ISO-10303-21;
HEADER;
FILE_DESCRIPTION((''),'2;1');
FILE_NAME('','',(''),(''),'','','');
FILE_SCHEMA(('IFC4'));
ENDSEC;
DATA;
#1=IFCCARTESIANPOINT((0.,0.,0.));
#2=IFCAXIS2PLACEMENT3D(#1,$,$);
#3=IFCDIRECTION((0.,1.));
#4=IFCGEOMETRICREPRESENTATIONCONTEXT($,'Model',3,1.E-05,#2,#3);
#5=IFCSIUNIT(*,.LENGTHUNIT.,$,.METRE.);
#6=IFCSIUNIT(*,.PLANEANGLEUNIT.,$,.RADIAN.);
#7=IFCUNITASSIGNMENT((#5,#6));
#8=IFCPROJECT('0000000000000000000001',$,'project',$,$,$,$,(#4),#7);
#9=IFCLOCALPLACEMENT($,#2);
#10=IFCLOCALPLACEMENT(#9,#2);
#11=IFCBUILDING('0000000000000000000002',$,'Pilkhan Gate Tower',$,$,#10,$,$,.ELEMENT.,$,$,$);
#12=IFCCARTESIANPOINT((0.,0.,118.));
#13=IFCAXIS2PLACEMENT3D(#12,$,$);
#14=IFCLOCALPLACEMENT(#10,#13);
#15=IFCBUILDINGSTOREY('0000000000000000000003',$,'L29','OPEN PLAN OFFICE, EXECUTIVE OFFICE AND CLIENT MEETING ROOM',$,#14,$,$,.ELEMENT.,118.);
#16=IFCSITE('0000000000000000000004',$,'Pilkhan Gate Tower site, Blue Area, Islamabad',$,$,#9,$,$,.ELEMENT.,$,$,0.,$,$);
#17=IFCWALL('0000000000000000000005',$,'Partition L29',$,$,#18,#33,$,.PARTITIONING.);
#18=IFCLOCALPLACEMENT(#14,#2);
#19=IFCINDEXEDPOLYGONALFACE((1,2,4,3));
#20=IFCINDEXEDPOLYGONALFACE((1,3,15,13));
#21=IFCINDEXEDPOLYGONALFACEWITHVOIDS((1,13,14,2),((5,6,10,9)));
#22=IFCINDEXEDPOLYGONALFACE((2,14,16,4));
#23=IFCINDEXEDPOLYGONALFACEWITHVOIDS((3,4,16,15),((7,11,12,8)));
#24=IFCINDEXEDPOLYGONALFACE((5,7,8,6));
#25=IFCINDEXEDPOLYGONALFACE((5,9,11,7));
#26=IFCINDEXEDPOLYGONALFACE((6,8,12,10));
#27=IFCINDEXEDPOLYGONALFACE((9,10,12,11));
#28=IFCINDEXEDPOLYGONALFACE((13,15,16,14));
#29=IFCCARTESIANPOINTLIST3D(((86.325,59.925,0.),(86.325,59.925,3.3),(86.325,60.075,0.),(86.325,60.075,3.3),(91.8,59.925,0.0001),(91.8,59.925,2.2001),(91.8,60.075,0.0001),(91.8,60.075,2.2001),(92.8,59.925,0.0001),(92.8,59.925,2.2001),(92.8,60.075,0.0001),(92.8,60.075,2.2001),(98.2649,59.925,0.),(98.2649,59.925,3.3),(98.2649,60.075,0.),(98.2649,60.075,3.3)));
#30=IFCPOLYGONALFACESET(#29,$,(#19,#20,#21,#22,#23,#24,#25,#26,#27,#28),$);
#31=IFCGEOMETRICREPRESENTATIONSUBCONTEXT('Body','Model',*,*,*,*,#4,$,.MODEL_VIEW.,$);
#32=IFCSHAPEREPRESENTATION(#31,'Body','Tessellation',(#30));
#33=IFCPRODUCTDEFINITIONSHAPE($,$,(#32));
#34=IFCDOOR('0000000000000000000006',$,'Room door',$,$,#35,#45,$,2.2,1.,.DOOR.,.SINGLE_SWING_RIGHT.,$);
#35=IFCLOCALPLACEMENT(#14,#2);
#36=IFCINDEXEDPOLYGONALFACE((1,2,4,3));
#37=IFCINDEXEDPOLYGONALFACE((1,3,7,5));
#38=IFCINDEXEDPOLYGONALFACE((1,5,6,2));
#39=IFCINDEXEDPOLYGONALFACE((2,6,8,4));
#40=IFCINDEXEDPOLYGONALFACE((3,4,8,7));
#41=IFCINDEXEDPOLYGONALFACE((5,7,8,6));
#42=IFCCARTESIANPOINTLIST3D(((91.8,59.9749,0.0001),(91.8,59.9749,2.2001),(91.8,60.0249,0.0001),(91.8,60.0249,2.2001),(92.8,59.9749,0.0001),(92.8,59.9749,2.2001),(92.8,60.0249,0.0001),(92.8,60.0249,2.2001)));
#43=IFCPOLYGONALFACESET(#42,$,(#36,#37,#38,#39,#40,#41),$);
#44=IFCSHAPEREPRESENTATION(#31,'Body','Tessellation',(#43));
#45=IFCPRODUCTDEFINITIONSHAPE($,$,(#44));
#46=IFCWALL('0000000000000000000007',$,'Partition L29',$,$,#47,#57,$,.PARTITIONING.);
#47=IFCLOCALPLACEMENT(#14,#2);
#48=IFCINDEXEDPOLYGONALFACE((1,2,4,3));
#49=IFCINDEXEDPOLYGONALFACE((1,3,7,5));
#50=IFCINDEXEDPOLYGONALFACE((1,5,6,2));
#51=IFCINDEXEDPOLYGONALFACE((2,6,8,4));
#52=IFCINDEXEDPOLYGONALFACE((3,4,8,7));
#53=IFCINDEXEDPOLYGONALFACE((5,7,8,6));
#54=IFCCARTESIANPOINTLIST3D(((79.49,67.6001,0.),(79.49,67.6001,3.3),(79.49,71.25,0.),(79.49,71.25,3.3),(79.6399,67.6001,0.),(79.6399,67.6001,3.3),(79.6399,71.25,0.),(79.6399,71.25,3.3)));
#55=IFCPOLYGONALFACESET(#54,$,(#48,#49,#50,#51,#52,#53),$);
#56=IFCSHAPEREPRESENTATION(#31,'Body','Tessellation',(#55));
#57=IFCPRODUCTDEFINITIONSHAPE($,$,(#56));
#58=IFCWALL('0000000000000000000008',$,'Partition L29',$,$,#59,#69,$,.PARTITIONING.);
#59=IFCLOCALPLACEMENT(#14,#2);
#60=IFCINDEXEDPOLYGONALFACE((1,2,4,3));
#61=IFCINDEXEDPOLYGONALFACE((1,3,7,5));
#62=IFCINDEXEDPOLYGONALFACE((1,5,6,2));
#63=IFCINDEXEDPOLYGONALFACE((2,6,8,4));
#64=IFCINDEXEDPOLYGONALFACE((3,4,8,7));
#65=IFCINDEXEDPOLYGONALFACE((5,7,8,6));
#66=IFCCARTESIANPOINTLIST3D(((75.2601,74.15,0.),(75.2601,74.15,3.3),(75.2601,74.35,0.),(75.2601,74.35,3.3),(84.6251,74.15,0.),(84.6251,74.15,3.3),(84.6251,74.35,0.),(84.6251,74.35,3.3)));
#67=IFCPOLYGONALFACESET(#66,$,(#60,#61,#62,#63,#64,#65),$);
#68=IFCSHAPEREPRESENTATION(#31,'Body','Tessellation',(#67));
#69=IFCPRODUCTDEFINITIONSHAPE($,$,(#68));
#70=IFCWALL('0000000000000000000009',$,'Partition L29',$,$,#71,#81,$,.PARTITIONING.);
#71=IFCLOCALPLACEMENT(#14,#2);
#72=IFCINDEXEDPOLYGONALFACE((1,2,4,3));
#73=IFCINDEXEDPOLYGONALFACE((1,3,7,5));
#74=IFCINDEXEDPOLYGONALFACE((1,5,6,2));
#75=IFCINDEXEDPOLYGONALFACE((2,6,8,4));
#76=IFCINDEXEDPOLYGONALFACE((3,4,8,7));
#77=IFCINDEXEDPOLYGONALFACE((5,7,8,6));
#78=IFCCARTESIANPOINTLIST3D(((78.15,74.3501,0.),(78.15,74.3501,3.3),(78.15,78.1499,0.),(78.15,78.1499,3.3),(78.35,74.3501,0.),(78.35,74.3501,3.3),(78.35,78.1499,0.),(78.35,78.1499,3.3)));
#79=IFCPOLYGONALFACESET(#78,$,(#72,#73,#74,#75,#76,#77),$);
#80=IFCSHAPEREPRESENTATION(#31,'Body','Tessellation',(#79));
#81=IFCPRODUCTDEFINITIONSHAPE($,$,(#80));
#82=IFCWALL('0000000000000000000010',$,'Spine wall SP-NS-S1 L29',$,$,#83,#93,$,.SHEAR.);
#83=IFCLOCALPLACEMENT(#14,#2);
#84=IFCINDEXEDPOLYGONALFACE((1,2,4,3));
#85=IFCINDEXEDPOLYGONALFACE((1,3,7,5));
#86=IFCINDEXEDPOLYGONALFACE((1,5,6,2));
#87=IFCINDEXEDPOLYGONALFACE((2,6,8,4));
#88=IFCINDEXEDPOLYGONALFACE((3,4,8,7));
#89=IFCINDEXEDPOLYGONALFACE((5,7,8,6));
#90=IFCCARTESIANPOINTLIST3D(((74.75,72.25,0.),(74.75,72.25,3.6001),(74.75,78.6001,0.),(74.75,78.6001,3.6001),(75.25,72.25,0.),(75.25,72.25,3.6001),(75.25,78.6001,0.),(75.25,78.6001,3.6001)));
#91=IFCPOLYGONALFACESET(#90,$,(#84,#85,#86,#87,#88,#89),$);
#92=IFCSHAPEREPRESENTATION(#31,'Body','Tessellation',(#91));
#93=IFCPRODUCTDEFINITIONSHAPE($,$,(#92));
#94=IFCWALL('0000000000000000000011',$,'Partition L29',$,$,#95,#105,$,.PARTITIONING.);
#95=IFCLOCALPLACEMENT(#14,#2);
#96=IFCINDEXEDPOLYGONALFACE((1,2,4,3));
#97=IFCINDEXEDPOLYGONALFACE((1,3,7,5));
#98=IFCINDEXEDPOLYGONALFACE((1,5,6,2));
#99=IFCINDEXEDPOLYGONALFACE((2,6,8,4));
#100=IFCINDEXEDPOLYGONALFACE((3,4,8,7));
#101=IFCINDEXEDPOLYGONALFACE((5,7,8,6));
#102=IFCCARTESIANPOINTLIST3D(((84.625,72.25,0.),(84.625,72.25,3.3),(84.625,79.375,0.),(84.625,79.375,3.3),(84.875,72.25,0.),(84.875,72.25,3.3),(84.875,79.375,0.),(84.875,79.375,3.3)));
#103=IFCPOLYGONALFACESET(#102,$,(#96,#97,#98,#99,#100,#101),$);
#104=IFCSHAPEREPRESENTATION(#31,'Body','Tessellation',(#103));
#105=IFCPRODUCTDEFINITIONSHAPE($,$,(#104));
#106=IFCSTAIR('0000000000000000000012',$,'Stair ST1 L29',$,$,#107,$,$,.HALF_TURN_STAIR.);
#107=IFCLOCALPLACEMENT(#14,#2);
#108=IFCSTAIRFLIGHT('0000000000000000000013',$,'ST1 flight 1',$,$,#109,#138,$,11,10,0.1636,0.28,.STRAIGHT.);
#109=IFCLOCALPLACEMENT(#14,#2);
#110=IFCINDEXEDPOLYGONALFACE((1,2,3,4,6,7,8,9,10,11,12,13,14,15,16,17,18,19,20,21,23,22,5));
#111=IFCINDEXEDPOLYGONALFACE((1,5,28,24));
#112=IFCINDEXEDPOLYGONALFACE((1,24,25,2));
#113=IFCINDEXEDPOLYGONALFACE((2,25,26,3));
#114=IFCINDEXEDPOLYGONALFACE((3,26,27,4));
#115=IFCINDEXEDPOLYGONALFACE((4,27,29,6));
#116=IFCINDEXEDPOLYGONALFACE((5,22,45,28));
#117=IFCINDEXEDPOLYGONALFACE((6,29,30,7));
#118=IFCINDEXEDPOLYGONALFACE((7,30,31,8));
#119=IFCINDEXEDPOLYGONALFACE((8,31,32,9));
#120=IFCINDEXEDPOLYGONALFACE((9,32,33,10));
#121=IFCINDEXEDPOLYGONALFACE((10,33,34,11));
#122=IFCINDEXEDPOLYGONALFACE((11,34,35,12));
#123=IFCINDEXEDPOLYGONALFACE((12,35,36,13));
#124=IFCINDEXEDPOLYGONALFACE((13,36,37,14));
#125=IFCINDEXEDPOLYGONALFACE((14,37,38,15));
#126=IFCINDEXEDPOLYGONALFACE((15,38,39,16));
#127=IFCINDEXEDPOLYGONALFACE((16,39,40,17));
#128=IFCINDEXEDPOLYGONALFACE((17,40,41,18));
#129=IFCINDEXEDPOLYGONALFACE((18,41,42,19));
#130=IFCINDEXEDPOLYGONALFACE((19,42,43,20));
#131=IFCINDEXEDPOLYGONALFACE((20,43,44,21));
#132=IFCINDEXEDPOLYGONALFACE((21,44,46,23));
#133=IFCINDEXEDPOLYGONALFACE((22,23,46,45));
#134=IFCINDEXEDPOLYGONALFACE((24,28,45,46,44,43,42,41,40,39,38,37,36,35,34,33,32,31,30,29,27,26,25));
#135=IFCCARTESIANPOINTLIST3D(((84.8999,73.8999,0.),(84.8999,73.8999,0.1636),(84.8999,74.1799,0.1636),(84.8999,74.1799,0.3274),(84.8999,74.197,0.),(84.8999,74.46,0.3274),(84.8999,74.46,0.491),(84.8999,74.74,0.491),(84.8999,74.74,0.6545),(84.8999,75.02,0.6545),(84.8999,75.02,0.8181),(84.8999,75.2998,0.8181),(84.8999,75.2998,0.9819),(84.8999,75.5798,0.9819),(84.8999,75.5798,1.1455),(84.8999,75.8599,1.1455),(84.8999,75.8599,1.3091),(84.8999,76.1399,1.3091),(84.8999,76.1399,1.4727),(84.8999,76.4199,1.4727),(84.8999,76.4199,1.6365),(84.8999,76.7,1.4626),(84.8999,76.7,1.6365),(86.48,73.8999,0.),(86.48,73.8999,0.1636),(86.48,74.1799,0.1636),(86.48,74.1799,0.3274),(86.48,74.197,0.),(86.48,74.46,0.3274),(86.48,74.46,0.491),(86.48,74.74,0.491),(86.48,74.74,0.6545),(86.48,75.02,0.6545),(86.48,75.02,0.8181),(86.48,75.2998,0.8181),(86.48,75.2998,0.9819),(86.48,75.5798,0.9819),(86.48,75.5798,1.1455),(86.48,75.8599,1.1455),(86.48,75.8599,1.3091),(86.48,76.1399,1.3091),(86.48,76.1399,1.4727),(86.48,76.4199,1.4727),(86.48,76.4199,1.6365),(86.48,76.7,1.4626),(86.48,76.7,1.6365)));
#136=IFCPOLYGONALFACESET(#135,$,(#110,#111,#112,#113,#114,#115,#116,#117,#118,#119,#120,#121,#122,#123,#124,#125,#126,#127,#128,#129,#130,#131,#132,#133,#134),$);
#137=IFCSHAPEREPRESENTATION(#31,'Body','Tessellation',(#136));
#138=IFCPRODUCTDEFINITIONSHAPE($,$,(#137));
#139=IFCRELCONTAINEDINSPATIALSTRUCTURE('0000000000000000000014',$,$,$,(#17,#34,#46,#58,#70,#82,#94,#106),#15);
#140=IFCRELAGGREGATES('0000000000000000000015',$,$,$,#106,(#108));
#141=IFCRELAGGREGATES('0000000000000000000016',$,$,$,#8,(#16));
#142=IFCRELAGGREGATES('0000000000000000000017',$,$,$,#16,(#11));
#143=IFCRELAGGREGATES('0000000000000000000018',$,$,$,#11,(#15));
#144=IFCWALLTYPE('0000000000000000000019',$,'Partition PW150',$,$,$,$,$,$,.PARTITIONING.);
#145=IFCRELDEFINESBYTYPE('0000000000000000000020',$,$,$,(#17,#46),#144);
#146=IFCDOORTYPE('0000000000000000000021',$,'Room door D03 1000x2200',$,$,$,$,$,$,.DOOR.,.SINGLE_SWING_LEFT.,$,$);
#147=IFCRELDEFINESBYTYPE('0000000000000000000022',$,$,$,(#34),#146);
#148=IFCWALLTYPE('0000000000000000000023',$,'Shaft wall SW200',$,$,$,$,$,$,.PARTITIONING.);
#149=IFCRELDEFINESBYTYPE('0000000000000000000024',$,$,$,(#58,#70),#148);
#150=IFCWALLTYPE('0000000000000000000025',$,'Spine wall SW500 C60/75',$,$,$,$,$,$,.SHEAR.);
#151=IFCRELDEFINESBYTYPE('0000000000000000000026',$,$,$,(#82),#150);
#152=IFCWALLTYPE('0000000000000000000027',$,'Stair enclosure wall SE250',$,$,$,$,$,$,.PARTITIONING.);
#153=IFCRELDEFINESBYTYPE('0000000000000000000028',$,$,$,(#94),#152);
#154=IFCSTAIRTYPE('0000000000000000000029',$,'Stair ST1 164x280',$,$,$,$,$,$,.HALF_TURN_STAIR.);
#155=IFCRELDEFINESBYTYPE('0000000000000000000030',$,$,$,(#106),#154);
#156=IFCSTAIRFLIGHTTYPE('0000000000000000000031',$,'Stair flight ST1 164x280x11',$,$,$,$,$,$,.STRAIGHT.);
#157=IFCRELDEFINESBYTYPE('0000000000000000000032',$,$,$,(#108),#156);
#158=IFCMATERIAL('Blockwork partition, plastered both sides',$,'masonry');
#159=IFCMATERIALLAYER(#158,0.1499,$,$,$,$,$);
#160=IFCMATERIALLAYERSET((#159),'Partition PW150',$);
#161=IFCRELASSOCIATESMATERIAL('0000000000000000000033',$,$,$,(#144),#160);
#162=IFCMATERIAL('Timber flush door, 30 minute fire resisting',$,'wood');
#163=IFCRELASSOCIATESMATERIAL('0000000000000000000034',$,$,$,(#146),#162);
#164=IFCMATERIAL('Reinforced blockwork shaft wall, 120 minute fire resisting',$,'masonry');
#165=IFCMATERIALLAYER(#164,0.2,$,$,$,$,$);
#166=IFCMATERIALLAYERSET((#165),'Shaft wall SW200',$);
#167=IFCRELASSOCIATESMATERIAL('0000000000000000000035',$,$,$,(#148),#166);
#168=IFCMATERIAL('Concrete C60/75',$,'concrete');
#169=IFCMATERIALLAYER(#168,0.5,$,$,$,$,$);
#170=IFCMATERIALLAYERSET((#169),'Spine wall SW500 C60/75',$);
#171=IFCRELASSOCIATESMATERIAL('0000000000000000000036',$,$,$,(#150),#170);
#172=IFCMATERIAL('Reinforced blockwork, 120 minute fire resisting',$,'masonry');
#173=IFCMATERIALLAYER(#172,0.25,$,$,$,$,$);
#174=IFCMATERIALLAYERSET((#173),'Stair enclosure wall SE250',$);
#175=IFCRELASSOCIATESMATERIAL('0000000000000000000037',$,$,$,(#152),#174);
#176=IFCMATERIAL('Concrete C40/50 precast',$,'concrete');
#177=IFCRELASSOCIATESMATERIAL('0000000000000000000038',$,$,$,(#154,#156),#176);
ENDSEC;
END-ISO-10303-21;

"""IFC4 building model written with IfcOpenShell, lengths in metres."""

from ifc_helpers import new_model, si_unit, direction, frame, frame_2d, origin, place, context, subcontext, project, spatial, polyline, rectangle, outline, extrude, material, layer, layer_set, type_object, element, fill, aggregate, save


model = new_model("IFC4")

# Units and contexts
model_context = context("Model", 3, precision=1e-05, world=origin(), true_north=direction((0.0, 1.0)))
body_context = subcontext(model_context, "Body", "Model", "MODEL_VIEW")
ifc_project = project(units=[si_unit("LENGTHUNIT", "METRE"), si_unit("PLANEANGLEUNIT", "RADIAN")], contexts=[model_context])

# Site, building, storey
site_placement = place(None, origin())
site = spatial("IfcSite", under=ifc_project, at=site_placement, Name="Pilkhan Gate Tower site, Blue Area, Islamabad", CompositionType="ELEMENT", RefElevation=0.0)
building_placement = place(site_placement, origin())
building = spatial("IfcBuilding", under=site, at=building_placement, Name="Pilkhan Gate Tower", CompositionType="ELEMENT")
storey_placement = place(building_placement, frame((0.0, 0.0, 118.0)))
storey = spatial("IfcBuildingStorey", under=building, at=storey_placement, Name="L29", Description="OPEN PLAN OFFICE, EXECUTIVE OFFICE AND CLIENT MEETING ROOM", CompositionType="ELEMENT", Elevation=118.0)

# Shared definitions
ifc_material_1 = material(Name="Concrete C60/75", Category="concrete")

# Wall, opening, door
ifc_material_2 = material(Name="Blockwork partition, plastered both sides", Category="masonry")
ifc_layer_1 = layer(ifc_material_2, 0.1499)
ifc_layer_set_1 = layer_set([ifc_layer_1], Name="Partition PW150")
wall_type_1 = type_object("IfcWallType", Name="Partition PW150", PredefinedType="PARTITIONING", material=ifc_layer_set_1)
wall_1_placement = place(storey_placement, frame((86.325, 60.0, 0.0), z_axis=(0.0, 0.0, 1.0), x_axis=(1.0, 0.0, 0.0)))
wall_1 = element("IfcWall", 1, at=wall_1_placement, inside=storey, type_object=wall_type_1, Name="Partition L29", PredefinedType="PARTITIONING", context=body_context, shape_type="SweptSolid", body=[
    extrude(rectangle(XDim=11.9399, YDim=0.1499, at=frame_2d((5.97, 0.0))), origin(), (0.0, 0.0, 1.0), 3.3),
])
opening_1_placement = place(wall_1_placement, frame((5.4751, 0.0, 0.0)))
opening_1 = element("IfcOpeningElement", 2, at=opening_1_placement, cuts=wall_1, PredefinedType="OPENING", context=body_context, shape_type="SweptSolid", body=[
    extrude(rectangle(XDim=1.0, YDim=2.2, at=frame_2d((0.5, 1.1001))), frame((0.0, 0.085, 0.0), z_axis=(0.0, -1.0, 0.0), x_axis=(1.0, 0.0, 0.0)), (0.0, 0.0, 1.0), 0.1699),
])
ifc_material_3 = material(Name="Timber flush door, 30 minute fire resisting", Category="wood")
door_type_1 = type_object("IfcDoorType", Name="Room door D03 1000x2200", OperationType="SINGLE_SWING_LEFT", PredefinedType="DOOR", material=ifc_material_3)
door_1_placement = place(opening_1_placement, origin())
door_1 = element("IfcDoor", 3, at=door_1_placement, inside=storey, type_object=door_type_1, Name="Room door", OperationType="SINGLE_SWING_RIGHT", OverallHeight=2.2, OverallWidth=1.0, PredefinedType="DOOR", context=body_context, shape_type="SweptSolid", body=[
    extrude(rectangle(XDim=1.0, YDim=2.2, at=frame_2d((0.5, 1.1001))), frame((0.0, 0.0249, 0.0), z_axis=(0.0, -1.0, 0.0), x_axis=(1.0, 0.0, 0.0)), (0.0, 0.0, 1.0), 0.05),
])
fill(opening_1, door_1)

# Walls
wall_2_placement = place(storey_placement, frame((79.5649, 67.6001, 0.0), z_axis=(0.0, 0.0, 1.0), x_axis=(0.0, 1.0, 0.0)))
element("IfcWall", 4, at=wall_2_placement, inside=storey, type_object=wall_type_1, Name="Partition L29", PredefinedType="PARTITIONING", context=body_context, shape_type="SweptSolid", body=[
    extrude(rectangle(XDim=3.6499, YDim=0.1499, at=frame_2d((1.825, 0.0))), origin(), (0.0, 0.0, 1.0), 3.3),
])
ifc_material_4 = material(Name="Reinforced blockwork shaft wall, 120 minute fire resisting", Category="masonry")
ifc_layer_2 = layer(ifc_material_4, 0.2)
ifc_layer_set_2 = layer_set([ifc_layer_2], Name="Shaft wall SW200")
wall_type_2 = type_object("IfcWallType", Name="Shaft wall SW200", PredefinedType="PARTITIONING", material=ifc_layer_set_2)
wall_3_placement = place(storey_placement, frame((75.26, 74.25, 0.0), z_axis=(0.0, 0.0, 1.0), x_axis=(1.0, 0.0, 0.0)))
element("IfcWall", 5, at=wall_3_placement, inside=storey, type_object=wall_type_2, Name="Partition L29", PredefinedType="PARTITIONING", context=body_context, shape_type="SweptSolid", body=[
    extrude(rectangle(XDim=9.365, YDim=0.2, at=frame_2d((4.6826, 0.0))), origin(), (0.0, 0.0, 1.0), 3.3),
])
wall_4_placement = place(storey_placement, frame((78.25, 74.3501, 0.0), z_axis=(0.0, 0.0, 1.0), x_axis=(0.0, 1.0, 0.0)))
element("IfcWall", 6, at=wall_4_placement, inside=storey, type_object=wall_type_2, Name="Partition L29", PredefinedType="PARTITIONING", context=body_context, shape_type="SweptSolid", body=[
    extrude(rectangle(XDim=3.7998, YDim=0.2, at=frame_2d((1.8999, 0.0))), origin(), (0.0, 0.0, 1.0), 3.3),
])
ifc_layer_3 = layer(ifc_material_1, 0.5)
ifc_layer_set_3 = layer_set([ifc_layer_3], Name="Spine wall SW500 C60/75")
wall_type_3 = type_object("IfcWallType", Name="Spine wall SW500 C60/75", PredefinedType="SHEAR", material=ifc_layer_set_3)
wall_5_placement = place(storey_placement, frame((75.0, 72.25, 0.0), z_axis=(0.0, 0.0, 1.0), x_axis=(0.0, 1.0, 0.0)))
element("IfcWall", 7, at=wall_5_placement, inside=storey, type_object=wall_type_3, Name="Spine wall SP-NS-S1 L29", PredefinedType="SHEAR", context=body_context, shape_type="SweptSolid", body=[
    extrude(rectangle(XDim=6.3501, YDim=0.5, at=frame_2d((3.175, 0.0))), origin(), (0.0, 0.0, 1.0), 3.6001),
])
ifc_material_5 = material(Name="Reinforced blockwork, 120 minute fire resisting", Category="masonry")
ifc_layer_4 = layer(ifc_material_5, 0.25)
ifc_layer_set_4 = layer_set([ifc_layer_4], Name="Stair enclosure wall SE250")
wall_type_4 = type_object("IfcWallType", Name="Stair enclosure wall SE250", PredefinedType="PARTITIONING", material=ifc_layer_set_4)
wall_6_placement = place(storey_placement, frame((84.75, 72.25, 0.0), z_axis=(0.0, 0.0, 1.0), x_axis=(0.0, 1.0, 0.0)))
element("IfcWall", 8, at=wall_6_placement, inside=storey, type_object=wall_type_4, Name="Partition L29", PredefinedType="PARTITIONING", context=body_context, shape_type="SweptSolid", body=[
    extrude(rectangle(XDim=7.125, YDim=0.25, at=frame_2d((3.5625, 0.0))), origin(), (0.0, 0.0, 1.0), 3.3),
])

# Stair, stair flight
ifc_material_6 = material(Name="Concrete C40/50 precast", Category="concrete")
stair_type = type_object("IfcStairType", Name="Stair ST1 164x280", PredefinedType="HALF_TURN_STAIR", material=ifc_material_6)
stair_placement = place(storey_placement, origin())
stair = element("IfcStair", 9, at=stair_placement, inside=storey, type_object=stair_type, Name="Stair ST1 L29", PredefinedType="HALF_TURN_STAIR")
stair_flight_type = type_object("IfcStairFlightType", Name="Stair flight ST1 164x280x11", PredefinedType="STRAIGHT", material=ifc_material_6)
stair_flight_placement = place(storey_placement, frame((85.6899, 73.8999, 0.0), z_axis=(0.0, 0.0, 1.0), x_axis=(0.0, 1.0, 0.0)))
stair_flight = element("IfcStairFlight", 10, at=stair_flight_placement, type_object=stair_flight_type, Name="ST1 flight 1", NumberOfRisers=11, NumberOfTreads=10, PredefinedType="STRAIGHT", RiserHeight=0.1636, TreadLength=0.28, context=body_context, shape_type="SweptSolid", body=[
    extrude(outline(polyline([(0.0, 0.0), (0.0, 0.1636), (0.28, 0.1636), (0.28, 0.3274), (0.5601, 0.3274), (0.5601, 0.491), (0.8401, 0.491), (0.8401, 0.6545), (1.1201, 0.6545), (1.1201, 0.8181), (1.3999, 0.8181), (1.3999, 0.9819), (1.6799, 0.9819), (1.6799, 1.1455), (1.96, 1.1455), (1.96, 1.3091), (2.24, 1.3091), (2.24, 1.4727), (2.52, 1.4727), (2.52, 1.6365), (2.8, 1.6365), (2.8, 1.8), (2.8, 1.4626), (0.2971, 0.0), (0.0, 0.0)])), frame((0.0, 0.79, 0.0), z_axis=(0.0, -1.0, 0.0), x_axis=(1.0, 0.0, 0.0)), (0.0, 0.0, 1.0), 1.5801),
])
aggregate(stair, [stair_flight])

save(model, "model.ifc")
